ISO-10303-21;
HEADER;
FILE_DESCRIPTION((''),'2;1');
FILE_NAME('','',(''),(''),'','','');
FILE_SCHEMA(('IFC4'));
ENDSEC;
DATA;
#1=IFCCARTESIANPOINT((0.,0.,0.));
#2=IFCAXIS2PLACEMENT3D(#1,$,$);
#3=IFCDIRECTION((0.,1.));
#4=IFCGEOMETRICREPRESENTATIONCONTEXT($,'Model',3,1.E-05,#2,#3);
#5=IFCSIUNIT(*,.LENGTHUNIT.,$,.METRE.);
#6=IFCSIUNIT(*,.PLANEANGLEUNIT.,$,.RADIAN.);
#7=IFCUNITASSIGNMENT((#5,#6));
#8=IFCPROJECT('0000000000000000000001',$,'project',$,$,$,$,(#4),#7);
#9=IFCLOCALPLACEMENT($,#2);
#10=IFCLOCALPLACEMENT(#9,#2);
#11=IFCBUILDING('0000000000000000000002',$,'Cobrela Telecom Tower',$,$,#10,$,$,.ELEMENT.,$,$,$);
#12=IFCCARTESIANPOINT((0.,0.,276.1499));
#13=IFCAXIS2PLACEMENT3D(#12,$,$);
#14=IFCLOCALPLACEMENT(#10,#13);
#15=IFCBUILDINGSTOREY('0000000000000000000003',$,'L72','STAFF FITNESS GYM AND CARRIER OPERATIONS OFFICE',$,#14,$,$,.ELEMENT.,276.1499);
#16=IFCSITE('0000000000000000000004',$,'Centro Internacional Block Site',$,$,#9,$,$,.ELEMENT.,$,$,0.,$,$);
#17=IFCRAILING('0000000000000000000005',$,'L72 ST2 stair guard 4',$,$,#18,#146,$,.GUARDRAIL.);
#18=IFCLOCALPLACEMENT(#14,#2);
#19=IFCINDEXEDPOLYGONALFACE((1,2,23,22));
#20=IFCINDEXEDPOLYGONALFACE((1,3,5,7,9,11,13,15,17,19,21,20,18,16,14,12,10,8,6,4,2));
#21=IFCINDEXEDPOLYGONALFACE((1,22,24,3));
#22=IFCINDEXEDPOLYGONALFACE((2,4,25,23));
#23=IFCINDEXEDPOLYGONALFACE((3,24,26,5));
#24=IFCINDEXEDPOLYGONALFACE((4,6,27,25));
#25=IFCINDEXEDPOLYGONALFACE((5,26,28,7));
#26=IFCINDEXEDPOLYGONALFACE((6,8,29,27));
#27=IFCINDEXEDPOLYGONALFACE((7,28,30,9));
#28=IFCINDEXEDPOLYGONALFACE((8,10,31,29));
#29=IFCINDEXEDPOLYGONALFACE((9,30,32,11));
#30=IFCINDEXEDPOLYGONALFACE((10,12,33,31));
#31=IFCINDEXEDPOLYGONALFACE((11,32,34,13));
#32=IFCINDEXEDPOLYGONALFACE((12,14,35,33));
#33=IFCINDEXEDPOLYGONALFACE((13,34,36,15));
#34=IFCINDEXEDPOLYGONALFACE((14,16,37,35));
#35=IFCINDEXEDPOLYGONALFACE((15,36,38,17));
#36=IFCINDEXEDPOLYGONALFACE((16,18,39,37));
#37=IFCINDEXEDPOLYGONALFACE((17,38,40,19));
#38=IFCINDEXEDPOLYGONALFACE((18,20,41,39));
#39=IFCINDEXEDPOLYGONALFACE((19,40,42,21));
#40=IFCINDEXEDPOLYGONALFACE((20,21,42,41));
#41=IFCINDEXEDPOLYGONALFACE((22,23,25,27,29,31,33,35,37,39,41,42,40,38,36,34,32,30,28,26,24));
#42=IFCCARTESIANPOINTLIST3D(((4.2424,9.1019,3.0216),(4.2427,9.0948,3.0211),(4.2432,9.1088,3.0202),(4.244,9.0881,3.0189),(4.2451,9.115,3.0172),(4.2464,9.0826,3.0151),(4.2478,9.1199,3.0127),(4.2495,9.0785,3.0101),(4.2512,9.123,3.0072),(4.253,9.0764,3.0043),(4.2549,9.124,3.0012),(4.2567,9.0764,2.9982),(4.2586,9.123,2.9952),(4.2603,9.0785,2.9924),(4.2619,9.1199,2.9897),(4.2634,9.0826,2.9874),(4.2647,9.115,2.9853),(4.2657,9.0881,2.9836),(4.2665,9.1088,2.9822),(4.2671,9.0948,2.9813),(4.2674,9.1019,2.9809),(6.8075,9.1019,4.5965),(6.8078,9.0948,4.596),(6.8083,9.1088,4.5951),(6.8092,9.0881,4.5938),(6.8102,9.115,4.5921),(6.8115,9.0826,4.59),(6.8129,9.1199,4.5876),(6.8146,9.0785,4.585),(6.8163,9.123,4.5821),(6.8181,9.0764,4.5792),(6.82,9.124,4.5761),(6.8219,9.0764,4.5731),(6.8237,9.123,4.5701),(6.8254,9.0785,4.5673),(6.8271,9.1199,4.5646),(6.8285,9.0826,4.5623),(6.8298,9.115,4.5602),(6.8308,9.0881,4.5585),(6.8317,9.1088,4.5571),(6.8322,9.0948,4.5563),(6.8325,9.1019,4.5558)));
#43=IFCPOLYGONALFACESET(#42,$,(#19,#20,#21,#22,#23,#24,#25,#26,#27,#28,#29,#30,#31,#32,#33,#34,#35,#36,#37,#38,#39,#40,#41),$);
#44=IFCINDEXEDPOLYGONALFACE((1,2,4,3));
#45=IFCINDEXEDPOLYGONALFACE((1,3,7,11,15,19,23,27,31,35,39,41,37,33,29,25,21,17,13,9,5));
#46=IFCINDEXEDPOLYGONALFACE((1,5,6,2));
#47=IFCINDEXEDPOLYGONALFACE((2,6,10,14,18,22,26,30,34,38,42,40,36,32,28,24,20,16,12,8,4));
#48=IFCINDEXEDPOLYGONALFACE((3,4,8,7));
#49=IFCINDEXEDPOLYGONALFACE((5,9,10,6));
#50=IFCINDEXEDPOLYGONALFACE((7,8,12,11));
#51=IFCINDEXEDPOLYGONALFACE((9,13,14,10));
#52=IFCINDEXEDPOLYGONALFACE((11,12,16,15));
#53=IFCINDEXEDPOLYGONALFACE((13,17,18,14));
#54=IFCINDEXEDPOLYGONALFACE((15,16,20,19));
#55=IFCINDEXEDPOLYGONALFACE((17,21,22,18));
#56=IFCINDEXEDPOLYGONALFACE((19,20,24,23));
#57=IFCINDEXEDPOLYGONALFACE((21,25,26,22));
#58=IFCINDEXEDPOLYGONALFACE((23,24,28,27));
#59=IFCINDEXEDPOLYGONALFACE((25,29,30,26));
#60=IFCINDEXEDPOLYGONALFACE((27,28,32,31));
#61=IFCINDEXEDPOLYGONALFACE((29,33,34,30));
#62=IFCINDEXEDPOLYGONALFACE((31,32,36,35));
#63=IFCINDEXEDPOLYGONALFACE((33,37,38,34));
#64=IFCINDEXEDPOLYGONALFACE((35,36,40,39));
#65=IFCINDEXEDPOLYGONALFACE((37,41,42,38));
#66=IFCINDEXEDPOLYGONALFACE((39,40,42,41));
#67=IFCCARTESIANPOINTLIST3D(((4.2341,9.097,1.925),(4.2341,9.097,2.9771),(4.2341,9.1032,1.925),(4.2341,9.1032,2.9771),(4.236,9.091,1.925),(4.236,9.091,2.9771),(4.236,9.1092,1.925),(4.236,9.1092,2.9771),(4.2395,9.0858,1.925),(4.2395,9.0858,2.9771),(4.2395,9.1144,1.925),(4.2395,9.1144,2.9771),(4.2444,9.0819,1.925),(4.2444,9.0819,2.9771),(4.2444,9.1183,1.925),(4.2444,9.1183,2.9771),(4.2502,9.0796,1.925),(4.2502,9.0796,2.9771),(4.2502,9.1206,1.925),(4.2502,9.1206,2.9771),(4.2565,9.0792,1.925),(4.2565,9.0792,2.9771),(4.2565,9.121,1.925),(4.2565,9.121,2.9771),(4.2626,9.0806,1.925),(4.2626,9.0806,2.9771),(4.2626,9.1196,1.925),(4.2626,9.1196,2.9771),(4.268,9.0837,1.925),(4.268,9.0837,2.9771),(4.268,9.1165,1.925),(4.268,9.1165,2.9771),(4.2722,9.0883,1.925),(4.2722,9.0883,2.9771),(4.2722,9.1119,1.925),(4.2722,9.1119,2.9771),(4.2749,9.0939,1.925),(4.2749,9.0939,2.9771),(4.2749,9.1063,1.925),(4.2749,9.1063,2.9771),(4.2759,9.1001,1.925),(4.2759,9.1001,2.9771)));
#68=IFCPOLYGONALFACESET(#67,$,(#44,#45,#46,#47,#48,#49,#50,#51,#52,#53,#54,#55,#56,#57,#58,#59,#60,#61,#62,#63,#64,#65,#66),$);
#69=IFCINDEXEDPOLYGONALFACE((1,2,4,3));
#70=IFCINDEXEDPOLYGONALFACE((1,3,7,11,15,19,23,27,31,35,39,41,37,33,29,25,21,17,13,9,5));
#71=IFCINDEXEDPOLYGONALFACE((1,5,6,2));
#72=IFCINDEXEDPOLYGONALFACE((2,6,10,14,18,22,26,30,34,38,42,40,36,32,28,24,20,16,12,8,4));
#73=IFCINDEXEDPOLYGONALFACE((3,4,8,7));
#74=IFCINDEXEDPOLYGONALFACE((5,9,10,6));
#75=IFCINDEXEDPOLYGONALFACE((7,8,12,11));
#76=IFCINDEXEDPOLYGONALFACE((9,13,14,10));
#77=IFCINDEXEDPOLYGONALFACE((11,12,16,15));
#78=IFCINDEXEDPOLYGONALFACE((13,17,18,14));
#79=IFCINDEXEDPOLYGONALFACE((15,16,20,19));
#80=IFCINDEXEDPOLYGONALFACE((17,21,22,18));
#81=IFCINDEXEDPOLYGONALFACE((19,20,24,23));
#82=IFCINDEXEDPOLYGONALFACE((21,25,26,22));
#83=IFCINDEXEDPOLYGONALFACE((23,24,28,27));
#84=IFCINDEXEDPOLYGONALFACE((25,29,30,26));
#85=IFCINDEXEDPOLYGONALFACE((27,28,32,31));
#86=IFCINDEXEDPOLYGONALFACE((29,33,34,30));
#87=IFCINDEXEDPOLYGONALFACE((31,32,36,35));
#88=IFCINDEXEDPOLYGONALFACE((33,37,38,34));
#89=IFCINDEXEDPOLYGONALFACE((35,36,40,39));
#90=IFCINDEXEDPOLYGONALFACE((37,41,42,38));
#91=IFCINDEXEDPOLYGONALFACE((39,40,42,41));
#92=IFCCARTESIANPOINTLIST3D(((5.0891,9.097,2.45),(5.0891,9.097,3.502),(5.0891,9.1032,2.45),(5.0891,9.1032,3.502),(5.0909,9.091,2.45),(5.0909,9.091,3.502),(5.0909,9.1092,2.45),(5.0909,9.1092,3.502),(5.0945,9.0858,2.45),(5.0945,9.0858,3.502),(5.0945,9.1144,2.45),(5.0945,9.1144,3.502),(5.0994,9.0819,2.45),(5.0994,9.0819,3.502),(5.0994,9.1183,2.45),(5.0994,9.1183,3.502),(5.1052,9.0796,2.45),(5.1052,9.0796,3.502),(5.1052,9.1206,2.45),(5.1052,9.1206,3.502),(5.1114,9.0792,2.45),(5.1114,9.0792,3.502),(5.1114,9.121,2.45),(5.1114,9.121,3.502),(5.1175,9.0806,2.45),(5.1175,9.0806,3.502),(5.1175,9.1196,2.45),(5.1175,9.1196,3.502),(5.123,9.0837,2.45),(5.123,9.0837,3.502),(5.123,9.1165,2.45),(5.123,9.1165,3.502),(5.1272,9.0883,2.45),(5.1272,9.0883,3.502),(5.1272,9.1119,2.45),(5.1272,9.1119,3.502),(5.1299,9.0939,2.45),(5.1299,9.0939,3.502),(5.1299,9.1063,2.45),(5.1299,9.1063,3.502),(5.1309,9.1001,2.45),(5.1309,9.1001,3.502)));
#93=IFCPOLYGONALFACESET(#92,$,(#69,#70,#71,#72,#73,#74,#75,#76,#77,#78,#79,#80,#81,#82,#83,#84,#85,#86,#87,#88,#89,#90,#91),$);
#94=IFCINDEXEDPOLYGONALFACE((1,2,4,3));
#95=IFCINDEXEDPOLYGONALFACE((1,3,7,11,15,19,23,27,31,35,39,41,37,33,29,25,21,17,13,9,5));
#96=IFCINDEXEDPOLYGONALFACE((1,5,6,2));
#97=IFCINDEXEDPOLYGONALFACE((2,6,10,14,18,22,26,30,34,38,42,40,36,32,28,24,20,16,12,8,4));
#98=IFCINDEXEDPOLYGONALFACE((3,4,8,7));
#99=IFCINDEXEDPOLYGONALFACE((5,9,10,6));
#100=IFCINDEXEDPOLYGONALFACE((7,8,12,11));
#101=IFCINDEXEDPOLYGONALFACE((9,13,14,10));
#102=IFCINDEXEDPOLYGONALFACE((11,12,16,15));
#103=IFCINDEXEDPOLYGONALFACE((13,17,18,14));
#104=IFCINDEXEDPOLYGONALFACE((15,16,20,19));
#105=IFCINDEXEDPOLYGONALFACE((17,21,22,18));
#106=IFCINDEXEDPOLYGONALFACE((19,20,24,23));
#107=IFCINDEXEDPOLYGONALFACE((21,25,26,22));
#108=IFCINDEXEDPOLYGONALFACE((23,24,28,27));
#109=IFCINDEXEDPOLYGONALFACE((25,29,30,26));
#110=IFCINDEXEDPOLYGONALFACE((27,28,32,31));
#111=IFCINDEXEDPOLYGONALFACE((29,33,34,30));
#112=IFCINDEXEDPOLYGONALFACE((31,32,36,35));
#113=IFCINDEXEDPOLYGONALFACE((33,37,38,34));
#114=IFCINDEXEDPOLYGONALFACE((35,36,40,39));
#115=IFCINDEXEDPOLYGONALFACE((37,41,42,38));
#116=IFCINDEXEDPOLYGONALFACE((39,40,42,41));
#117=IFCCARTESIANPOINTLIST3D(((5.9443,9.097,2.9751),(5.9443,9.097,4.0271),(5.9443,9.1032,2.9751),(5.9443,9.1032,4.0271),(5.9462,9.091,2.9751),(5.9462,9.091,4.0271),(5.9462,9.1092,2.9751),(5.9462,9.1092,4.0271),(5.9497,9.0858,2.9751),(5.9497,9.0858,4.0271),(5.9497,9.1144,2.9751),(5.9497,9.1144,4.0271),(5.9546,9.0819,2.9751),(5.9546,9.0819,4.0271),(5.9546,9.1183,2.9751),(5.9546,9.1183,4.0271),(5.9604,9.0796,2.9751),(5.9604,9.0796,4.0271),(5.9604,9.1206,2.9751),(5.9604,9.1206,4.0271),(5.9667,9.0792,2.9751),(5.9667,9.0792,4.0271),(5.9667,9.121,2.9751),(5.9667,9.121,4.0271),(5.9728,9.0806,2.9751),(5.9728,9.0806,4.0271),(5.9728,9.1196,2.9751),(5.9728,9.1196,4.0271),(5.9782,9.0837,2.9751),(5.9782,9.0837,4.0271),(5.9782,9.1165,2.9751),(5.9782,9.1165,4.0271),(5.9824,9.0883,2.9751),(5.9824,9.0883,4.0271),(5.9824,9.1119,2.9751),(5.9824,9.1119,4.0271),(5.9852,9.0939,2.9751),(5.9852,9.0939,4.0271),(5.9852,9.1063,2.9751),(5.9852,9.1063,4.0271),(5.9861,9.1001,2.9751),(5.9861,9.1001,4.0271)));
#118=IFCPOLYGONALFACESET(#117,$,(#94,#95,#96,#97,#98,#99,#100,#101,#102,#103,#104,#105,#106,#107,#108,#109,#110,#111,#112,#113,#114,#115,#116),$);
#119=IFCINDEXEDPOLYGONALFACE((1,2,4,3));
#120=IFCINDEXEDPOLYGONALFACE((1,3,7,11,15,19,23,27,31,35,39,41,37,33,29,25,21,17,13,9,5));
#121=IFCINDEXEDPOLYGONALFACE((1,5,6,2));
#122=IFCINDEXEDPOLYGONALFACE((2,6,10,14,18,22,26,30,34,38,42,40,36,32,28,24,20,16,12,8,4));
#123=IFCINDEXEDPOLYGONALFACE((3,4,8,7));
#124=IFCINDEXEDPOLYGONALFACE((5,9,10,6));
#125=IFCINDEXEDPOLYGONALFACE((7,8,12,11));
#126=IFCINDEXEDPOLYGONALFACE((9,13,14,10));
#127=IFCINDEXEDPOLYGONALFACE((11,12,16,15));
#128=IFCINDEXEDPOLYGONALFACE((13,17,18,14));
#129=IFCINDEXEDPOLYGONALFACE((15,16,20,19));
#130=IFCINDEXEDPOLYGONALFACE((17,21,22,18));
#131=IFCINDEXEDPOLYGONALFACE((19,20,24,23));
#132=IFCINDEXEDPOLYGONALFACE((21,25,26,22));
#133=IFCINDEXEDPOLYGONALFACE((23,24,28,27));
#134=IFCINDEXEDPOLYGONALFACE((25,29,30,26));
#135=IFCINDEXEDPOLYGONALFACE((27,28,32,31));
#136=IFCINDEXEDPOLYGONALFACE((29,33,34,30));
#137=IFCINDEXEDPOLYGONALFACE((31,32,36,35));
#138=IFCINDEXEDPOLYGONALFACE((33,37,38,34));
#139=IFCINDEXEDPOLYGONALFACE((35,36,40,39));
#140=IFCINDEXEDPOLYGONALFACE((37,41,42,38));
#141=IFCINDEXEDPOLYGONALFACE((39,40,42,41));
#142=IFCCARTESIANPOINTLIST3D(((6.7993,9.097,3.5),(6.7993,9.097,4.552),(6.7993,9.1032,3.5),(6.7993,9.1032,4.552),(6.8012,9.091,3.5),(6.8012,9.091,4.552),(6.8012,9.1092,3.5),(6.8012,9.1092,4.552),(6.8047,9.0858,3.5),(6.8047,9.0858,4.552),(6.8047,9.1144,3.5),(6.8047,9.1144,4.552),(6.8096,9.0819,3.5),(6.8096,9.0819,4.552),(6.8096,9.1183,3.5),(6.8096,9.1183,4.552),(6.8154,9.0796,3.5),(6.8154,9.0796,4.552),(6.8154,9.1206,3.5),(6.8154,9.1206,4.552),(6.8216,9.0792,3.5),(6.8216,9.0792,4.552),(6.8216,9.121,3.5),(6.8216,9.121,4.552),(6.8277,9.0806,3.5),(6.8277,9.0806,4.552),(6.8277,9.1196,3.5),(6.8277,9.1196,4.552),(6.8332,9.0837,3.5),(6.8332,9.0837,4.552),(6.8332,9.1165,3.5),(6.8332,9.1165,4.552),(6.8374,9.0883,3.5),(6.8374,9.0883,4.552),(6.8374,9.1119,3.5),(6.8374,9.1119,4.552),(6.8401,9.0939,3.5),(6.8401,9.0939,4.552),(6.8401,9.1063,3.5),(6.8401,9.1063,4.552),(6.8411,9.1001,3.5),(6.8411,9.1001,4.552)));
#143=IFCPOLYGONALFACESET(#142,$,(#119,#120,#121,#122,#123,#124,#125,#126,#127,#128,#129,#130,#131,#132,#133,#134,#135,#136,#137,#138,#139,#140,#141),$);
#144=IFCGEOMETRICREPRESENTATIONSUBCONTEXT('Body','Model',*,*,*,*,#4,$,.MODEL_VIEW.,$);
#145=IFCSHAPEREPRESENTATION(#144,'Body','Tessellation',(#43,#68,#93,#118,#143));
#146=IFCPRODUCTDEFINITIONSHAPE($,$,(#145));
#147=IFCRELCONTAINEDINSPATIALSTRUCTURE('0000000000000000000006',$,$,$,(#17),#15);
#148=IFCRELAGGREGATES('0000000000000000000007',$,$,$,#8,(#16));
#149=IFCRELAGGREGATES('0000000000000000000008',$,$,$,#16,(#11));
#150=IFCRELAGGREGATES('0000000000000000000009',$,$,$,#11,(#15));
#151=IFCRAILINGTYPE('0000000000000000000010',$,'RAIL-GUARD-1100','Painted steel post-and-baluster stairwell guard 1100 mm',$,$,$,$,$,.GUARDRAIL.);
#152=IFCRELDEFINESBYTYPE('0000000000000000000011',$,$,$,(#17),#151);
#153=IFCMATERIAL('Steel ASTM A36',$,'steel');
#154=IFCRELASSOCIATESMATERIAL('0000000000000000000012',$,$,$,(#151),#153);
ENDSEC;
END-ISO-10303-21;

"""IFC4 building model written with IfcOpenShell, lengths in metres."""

from ifc_helpers import new_model, si_unit, direction, frame, origin, origin_2d, place, context, subcontext, project, spatial, circle, extrude, material, type_object, element, save


model = new_model("IFC4")

# Units and contexts
model_context = context("Model", 3, precision=1e-05, world=origin(), true_north=direction((0.0, 1.0)))
body_context = subcontext(model_context, "Body", "Model", "MODEL_VIEW")
ifc_project = project(units=[si_unit("LENGTHUNIT", "METRE"), si_unit("PLANEANGLEUNIT", "RADIAN")], contexts=[model_context])

# Site, building, storey
site_placement = place(None, origin())
site = spatial("IfcSite", under=ifc_project, at=site_placement, Name="Centro Internacional Block Site", CompositionType="ELEMENT", RefElevation=0.0)
building_placement = place(site_placement, origin())
building = spatial("IfcBuilding", under=site, at=building_placement, Name="Cobrela Telecom Tower", CompositionType="ELEMENT")
storey_placement = place(building_placement, frame((0.0, 0.0, 276.1499)))
storey = spatial("IfcBuildingStorey", under=building, at=storey_placement, Name="L72", Description="STAFF FITNESS GYM AND CARRIER OPERATIONS OFFICE", CompositionType="ELEMENT", Elevation=276.1499)

# Railing
ifc_material_1 = material(Name="Steel ASTM A36", Category="steel")
railing_type_1 = type_object("IfcRailingType", Name="RAIL-GUARD-1100", Description="Painted steel post-and-baluster stairwell guard 1100 mm", PredefinedType="GUARDRAIL", material=ifc_material_1)
railing_1_placement = place(storey_placement, frame((4.2549, 9.1001, 1.925)))
element("IfcRailing", 1, at=railing_1_placement, inside=storey, type_object=railing_type_1, Name="L72 ST2 stair guard 4", PredefinedType="GUARDRAIL", context=body_context, shape_type="SweptSolid", body=[
    extrude(circle(Radius=0.0239, at=origin_2d()), frame((0.0, 0.0, 1.0762), z_axis=(0.852195, 0.0, 0.523224), x_axis=(0.0, 1.0, 0.0)), (0.0, 0.0, 1.0), 3.01),
    extrude(circle(Radius=0.021, at=origin_2d()), origin(), (0.0, 0.0, 1.0), 1.052),
    extrude(circle(Radius=0.021, at=origin_2d()), frame((0.855, 0.0, 0.5249)), (0.0, 0.0, 1.0), 1.052),
    extrude(circle(Radius=0.021, at=origin_2d()), frame((1.7102, 0.0, 1.05)), (0.0, 0.0, 1.0), 1.052),
    extrude(circle(Radius=0.021, at=origin_2d()), frame((2.5652, 0.0, 1.575)), (0.0, 0.0, 1.0), 1.052),
])

save(model, "model.ifc")
